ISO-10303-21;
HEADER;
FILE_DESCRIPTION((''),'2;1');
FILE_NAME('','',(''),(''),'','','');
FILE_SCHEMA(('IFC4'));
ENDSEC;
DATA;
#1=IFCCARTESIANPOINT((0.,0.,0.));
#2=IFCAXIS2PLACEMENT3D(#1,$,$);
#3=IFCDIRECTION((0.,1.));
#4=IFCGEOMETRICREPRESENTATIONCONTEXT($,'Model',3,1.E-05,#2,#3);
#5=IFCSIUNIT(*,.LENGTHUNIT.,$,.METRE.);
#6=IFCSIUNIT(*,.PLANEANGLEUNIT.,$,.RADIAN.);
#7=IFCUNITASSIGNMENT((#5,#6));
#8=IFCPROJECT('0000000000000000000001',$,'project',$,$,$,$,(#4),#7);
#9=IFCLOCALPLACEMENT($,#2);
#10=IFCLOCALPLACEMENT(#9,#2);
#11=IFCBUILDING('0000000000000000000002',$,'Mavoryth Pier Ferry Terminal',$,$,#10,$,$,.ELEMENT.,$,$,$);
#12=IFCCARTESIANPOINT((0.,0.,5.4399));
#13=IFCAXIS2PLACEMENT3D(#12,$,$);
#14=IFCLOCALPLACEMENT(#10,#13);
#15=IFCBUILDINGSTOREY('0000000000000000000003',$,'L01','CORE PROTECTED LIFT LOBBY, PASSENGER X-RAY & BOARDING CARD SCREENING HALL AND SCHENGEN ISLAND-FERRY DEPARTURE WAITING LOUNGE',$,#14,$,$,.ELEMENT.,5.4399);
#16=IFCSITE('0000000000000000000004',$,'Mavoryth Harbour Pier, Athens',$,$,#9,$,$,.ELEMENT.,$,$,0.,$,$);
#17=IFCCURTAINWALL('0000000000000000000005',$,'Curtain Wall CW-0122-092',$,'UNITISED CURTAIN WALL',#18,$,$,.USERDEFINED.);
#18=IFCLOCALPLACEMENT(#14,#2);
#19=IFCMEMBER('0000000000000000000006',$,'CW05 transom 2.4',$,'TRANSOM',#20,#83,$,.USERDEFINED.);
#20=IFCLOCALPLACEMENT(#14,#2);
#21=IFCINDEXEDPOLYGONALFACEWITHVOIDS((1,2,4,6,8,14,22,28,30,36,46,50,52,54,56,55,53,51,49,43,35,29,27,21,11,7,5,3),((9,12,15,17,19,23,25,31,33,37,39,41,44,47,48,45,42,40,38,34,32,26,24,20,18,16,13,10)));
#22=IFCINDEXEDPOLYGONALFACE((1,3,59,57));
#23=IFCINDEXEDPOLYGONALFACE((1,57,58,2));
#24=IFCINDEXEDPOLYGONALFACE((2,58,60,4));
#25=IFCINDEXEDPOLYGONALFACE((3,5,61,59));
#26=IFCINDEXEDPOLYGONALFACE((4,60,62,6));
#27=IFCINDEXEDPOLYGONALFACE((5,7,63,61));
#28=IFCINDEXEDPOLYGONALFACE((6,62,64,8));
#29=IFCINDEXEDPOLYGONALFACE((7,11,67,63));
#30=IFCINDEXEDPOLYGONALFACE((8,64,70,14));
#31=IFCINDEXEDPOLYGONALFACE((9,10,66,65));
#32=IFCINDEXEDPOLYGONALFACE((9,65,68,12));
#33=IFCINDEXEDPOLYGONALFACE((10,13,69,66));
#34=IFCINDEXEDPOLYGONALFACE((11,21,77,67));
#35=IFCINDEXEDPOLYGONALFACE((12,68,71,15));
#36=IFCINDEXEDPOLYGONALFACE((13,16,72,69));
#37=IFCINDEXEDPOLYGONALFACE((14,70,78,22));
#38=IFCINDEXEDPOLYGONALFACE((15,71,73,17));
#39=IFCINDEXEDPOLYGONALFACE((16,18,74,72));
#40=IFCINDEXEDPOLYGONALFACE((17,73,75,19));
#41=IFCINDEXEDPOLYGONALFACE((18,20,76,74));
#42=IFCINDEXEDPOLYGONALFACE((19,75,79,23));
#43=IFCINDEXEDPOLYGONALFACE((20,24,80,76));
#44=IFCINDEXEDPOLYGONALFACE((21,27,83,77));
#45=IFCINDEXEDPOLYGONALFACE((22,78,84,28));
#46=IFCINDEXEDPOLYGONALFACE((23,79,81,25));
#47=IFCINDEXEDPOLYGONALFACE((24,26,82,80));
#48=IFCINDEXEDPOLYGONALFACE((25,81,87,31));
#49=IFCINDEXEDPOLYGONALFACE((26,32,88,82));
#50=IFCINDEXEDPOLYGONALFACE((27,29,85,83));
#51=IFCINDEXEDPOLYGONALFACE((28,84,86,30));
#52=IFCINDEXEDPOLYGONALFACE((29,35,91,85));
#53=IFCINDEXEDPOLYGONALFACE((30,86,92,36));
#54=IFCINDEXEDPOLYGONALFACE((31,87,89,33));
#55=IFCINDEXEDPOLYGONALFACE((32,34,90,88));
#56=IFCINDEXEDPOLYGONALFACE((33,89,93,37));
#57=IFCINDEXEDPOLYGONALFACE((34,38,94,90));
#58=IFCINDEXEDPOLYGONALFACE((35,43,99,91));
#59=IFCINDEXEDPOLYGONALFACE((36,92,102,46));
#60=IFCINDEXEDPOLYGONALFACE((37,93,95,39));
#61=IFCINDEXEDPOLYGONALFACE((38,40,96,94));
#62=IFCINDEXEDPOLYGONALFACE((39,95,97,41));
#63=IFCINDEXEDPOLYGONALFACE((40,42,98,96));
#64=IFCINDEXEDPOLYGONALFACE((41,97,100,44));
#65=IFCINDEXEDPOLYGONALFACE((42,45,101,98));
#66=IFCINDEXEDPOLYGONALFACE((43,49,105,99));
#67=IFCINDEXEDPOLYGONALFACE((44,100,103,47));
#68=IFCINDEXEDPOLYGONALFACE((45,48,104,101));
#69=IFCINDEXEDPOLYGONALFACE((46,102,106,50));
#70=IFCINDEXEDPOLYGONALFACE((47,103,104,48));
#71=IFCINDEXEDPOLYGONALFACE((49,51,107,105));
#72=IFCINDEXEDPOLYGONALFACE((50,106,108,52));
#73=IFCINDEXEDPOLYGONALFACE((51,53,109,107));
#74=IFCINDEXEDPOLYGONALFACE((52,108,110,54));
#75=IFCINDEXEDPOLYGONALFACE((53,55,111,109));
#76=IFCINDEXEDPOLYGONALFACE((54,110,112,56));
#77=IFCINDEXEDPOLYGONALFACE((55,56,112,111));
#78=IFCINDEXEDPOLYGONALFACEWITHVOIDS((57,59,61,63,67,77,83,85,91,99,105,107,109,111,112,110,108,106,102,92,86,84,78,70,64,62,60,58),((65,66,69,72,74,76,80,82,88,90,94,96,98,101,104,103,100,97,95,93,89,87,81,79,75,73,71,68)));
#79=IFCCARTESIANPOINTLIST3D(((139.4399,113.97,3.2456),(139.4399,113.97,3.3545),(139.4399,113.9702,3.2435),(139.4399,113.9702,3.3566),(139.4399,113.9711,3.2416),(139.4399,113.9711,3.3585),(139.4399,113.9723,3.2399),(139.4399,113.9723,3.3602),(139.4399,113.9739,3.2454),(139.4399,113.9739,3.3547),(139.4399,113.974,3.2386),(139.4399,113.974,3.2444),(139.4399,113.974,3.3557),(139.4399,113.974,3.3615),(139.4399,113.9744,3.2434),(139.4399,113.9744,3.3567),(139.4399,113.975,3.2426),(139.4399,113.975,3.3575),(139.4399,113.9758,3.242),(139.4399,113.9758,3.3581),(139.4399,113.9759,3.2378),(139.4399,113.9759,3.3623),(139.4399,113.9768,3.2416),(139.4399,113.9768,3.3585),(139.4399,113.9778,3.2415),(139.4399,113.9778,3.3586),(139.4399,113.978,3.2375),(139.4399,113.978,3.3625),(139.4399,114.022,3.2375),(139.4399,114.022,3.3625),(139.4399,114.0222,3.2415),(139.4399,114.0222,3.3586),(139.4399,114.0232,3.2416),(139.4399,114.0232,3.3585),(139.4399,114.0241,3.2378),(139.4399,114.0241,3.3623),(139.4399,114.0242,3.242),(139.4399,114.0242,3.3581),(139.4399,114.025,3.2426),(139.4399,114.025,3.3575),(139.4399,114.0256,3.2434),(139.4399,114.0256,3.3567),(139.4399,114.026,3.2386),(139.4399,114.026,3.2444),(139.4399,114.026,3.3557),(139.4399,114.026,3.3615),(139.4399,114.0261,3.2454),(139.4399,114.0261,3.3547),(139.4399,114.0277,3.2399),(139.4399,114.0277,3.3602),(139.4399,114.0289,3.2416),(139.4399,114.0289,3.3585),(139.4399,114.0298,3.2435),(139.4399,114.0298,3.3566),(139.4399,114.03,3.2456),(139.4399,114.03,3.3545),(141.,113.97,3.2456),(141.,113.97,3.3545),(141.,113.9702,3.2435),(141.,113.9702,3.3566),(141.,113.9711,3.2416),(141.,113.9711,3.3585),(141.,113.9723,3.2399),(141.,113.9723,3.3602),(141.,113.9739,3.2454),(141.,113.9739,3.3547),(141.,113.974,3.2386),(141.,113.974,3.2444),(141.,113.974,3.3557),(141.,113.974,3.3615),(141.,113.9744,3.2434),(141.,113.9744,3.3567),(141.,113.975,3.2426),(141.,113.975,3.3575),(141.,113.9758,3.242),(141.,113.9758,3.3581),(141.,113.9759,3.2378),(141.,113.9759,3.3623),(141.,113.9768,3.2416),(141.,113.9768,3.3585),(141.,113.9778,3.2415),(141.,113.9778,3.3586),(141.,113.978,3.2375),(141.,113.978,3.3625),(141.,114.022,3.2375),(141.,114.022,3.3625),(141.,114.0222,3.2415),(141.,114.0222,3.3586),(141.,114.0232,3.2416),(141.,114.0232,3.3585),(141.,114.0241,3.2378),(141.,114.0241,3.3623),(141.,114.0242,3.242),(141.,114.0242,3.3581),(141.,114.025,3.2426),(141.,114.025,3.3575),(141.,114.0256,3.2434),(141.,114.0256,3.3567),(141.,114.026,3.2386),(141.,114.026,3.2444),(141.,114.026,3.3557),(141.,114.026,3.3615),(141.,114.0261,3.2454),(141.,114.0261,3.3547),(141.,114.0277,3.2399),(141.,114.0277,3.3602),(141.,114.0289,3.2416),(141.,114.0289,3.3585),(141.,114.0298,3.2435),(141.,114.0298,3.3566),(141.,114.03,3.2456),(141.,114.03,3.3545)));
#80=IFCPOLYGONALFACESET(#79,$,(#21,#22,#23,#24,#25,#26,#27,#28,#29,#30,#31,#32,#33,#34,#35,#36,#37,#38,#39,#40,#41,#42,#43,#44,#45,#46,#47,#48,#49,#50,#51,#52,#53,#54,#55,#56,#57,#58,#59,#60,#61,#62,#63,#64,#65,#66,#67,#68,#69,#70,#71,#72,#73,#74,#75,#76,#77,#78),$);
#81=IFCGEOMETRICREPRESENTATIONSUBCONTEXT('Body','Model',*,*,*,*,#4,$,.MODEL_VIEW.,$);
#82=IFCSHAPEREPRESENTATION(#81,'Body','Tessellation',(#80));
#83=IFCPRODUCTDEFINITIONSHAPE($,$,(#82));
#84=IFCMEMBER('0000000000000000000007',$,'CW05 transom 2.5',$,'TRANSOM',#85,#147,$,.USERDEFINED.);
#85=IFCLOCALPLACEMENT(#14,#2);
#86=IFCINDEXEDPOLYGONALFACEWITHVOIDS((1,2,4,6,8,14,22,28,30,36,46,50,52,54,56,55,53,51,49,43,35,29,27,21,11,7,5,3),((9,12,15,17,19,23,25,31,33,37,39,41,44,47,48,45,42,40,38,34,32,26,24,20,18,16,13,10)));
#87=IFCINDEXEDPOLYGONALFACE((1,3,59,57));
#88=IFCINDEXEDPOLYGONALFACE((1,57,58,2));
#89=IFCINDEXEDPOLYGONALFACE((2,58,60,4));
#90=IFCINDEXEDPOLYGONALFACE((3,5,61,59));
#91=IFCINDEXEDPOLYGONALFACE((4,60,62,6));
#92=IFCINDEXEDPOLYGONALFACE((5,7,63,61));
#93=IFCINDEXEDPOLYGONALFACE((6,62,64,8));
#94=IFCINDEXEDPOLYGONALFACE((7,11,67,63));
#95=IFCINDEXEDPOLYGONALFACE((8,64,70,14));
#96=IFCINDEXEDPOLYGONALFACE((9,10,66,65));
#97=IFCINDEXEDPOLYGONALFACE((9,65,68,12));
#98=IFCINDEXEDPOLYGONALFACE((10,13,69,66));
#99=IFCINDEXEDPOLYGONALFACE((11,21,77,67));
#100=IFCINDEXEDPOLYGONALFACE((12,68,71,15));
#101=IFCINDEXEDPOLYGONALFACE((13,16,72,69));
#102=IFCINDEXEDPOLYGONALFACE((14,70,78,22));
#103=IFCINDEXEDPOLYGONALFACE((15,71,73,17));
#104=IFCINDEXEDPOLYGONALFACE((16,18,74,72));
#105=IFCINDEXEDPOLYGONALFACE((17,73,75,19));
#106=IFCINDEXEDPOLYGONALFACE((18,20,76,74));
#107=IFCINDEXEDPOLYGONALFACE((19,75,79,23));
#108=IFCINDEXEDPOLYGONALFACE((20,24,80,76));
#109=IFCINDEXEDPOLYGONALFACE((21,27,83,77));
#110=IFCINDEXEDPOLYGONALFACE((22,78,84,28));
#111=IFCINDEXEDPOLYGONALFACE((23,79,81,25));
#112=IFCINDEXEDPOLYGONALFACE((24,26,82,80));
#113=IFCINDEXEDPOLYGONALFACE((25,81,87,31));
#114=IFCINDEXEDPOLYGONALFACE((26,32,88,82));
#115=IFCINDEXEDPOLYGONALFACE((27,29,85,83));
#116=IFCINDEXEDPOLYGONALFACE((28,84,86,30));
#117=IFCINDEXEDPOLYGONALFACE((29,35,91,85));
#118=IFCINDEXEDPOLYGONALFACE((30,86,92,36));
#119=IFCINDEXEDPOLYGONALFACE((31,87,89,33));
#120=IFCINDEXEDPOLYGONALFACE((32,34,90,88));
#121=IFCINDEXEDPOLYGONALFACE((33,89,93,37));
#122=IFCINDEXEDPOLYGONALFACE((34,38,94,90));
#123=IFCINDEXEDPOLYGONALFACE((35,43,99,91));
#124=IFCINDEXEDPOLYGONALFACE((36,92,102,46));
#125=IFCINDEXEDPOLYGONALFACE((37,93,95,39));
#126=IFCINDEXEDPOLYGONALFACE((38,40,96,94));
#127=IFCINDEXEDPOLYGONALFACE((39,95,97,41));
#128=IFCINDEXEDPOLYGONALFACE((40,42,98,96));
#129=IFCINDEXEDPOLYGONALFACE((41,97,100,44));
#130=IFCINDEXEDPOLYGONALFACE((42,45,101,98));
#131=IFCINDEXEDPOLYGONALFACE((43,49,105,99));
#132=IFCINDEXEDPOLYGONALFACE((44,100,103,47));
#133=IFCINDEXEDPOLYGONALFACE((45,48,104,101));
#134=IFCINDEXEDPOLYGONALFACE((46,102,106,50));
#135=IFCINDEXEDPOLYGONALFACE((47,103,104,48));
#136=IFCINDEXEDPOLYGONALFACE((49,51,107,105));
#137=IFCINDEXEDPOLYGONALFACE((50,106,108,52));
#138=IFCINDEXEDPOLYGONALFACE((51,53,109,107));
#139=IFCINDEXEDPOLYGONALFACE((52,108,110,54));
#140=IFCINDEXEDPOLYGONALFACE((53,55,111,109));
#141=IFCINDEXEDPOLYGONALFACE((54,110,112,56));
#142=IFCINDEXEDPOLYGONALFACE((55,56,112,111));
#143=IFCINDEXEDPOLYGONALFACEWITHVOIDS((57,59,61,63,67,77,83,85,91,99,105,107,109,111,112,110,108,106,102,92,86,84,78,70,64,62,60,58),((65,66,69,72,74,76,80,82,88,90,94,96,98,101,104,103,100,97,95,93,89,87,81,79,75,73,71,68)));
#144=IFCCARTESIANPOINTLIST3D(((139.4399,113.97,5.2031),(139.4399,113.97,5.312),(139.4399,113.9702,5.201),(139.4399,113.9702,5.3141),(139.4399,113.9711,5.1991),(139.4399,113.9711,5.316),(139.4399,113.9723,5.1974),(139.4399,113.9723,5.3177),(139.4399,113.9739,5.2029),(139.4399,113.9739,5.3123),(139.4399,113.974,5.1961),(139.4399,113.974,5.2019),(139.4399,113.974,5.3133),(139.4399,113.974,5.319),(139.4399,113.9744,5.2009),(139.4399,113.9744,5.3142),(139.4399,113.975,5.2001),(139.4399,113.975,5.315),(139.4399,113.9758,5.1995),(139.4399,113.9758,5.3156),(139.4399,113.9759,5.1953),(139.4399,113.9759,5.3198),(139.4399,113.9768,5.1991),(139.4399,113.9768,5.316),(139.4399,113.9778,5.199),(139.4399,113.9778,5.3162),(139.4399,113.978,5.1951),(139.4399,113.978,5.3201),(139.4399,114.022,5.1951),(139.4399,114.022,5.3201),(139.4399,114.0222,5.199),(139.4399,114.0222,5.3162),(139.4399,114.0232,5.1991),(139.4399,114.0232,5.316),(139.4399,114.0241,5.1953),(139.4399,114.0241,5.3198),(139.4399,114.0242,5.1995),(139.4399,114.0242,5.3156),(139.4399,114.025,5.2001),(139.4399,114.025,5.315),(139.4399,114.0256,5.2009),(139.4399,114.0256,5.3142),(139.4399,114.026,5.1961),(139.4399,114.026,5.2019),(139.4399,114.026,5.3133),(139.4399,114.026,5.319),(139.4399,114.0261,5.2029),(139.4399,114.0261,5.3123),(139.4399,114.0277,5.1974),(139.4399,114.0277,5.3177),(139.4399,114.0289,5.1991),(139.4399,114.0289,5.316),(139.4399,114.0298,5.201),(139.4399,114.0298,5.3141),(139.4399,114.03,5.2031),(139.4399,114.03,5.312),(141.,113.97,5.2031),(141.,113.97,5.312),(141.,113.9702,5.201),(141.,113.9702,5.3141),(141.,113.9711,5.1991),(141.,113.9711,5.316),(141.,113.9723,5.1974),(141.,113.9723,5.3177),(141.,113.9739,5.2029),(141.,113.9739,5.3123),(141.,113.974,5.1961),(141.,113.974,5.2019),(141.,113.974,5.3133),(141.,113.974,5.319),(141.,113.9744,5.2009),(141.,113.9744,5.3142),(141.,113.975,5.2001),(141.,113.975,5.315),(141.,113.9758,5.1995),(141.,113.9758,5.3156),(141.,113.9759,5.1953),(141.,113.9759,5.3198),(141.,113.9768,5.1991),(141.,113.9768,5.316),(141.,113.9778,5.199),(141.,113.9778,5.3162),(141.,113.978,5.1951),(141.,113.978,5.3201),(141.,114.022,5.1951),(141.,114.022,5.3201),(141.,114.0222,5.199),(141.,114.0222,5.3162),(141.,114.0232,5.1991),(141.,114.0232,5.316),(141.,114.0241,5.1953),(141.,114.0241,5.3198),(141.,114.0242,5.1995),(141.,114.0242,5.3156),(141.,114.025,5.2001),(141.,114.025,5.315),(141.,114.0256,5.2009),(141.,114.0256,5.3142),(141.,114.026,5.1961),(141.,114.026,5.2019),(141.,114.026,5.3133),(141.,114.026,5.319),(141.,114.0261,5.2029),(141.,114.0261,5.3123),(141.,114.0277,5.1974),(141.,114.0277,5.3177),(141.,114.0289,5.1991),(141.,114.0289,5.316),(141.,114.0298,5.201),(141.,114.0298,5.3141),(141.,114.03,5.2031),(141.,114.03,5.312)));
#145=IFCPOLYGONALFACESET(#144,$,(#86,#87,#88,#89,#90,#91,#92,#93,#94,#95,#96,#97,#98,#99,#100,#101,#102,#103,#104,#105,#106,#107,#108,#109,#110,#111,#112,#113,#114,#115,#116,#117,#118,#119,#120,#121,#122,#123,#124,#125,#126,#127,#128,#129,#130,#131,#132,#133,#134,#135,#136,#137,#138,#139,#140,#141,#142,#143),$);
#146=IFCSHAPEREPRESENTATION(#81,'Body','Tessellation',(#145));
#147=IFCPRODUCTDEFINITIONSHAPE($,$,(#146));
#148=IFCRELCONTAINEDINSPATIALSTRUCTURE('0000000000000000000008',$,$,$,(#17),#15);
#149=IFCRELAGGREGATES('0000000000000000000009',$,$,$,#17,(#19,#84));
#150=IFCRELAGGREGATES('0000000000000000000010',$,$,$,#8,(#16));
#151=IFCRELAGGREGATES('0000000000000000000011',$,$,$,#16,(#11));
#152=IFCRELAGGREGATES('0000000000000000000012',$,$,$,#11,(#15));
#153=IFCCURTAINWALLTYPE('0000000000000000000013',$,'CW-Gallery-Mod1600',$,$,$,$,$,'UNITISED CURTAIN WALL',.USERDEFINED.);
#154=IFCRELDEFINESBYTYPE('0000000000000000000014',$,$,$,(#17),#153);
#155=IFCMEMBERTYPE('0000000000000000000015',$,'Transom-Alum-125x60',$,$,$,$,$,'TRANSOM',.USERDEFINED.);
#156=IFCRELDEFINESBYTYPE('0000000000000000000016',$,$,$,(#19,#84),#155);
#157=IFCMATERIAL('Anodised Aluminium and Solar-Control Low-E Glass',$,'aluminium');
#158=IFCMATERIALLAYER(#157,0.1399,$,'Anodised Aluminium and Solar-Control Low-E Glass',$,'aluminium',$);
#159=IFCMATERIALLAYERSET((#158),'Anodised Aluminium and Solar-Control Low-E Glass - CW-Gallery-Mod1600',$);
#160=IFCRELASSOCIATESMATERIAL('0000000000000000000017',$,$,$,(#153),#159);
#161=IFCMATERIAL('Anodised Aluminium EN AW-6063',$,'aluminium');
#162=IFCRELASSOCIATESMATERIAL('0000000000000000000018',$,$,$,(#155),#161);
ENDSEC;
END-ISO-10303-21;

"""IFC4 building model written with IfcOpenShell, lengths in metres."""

from ifc_helpers import new_model, si_unit, direction, frame, origin, origin_2d, place, context, subcontext, project, spatial, hollow_rectangle, extrude, material, layer, layer_set, material_profile, profile_set, type_object, element, aggregate, save


model = new_model("IFC4")

# Units and contexts
model_context = context("Model", 3, precision=1e-05, world=origin(), true_north=direction((0.0, 1.0)))
body_context = subcontext(model_context, "Body", "Model", "MODEL_VIEW")
ifc_project = project(units=[si_unit("LENGTHUNIT", "METRE"), si_unit("PLANEANGLEUNIT", "RADIAN")], contexts=[model_context])

# Site, building, storey
site_placement = place(None, origin())
site = spatial("IfcSite", under=ifc_project, at=site_placement, Name="Mavoryth Harbour Pier, Athens", CompositionType="ELEMENT", RefElevation=0.0)
building_placement = place(site_placement, origin())
building = spatial("IfcBuilding", under=site, at=building_placement, Name="Mavoryth Pier Ferry Terminal", CompositionType="ELEMENT")
storey_placement = place(building_placement, frame((0.0, 0.0, 5.4399)))
storey = spatial("IfcBuildingStorey", under=building, at=storey_placement, Name="L01", Description="CORE PROTECTED LIFT LOBBY, PASSENGER X-RAY & BOARDING CARD SCREENING HALL AND SCHENGEN ISLAND-FERRY DEPARTURE WAITING LOUNGE", CompositionType="ELEMENT", Elevation=5.4399)

# Curtain wall, members
ifc_material_1 = material(Name="Anodised Aluminium and Solar-Control Low-E Glass", Category="aluminium")
ifc_layer_1 = layer(ifc_material_1, 0.1399, Name="Anodised Aluminium and Solar-Control Low-E Glass", Category="aluminium")
ifc_layer_set_1 = layer_set([ifc_layer_1], Name="Anodised Aluminium and Solar-Control Low-E Glass - CW-Gallery-Mod1600")
curtain_wall_type = type_object("IfcCurtainWallType", Name="CW-Gallery-Mod1600", ElementType="UNITISED CURTAIN WALL", PredefinedType="USERDEFINED", material=ifc_layer_set_1)
curtain_wall_placement = place(storey_placement, origin())
curtain_wall = element("IfcCurtainWall", 1, at=curtain_wall_placement, inside=storey, type_object=curtain_wall_type, Name="Curtain Wall CW-0122-092", ObjectType="UNITISED CURTAIN WALL", PredefinedType="USERDEFINED")
ifc_material_2 = material(Name="Anodised Aluminium EN AW-6063", Category="aluminium")
ifc_material_profile_1 = material_profile(ifc_material_2, hollow_rectangle(XDim=0.0601, YDim=0.125, WallThickness=0.0039, InnerFilletRadius=0.0039, OuterFilletRadius=0.0081, at=origin_2d()), Name="AL-TRAN 125x60x4", Category="aluminium")
ifc_profile_set_1 = profile_set([ifc_material_profile_1], Name="Anodised Aluminium EN AW-6063 - AL-TRAN 125x60x4")
member_type_1 = type_object("IfcMemberType", Name="Transom-Alum-125x60", ElementType="TRANSOM", PredefinedType="USERDEFINED", material=ifc_profile_set_1)
member_1_placement = place(storey_placement, frame((141.0, 114.0, 3.3), z_axis=(-1.0, 0.0, 0.0), x_axis=(0.0, -1.0, 0.0)))
member_1 = element("IfcMember", 2, at=member_1_placement, type_object=member_type_1, Name="CW05 transom 2.4", ObjectType="TRANSOM", PredefinedType="USERDEFINED", context=body_context, shape_type="SweptSolid", body=[
    extrude(hollow_rectangle(XDim=0.0601, YDim=0.125, WallThickness=0.0039, InnerFilletRadius=0.0039, OuterFilletRadius=0.0081, at=origin_2d()), origin(), (0.0, 0.0, 1.0), 1.5601),
])
member_2_placement = place(storey_placement, frame((141.0, 114.0, 5.2576), z_axis=(-1.0, 0.0, 0.0), x_axis=(0.0, -1.0, 0.0)))
member_2 = element("IfcMember", 3, at=member_2_placement, type_object=member_type_1, Name="CW05 transom 2.5", ObjectType="TRANSOM", PredefinedType="USERDEFINED", context=body_context, shape_type="SweptSolid", body=[
    extrude(hollow_rectangle(XDim=0.0601, YDim=0.125, WallThickness=0.0039, InnerFilletRadius=0.0039, OuterFilletRadius=0.0081, at=origin_2d()), origin(), (0.0, 0.0, 1.0), 1.5601),
])
aggregate(curtain_wall, [member_1, member_2])

save(model, "model.ifc")
